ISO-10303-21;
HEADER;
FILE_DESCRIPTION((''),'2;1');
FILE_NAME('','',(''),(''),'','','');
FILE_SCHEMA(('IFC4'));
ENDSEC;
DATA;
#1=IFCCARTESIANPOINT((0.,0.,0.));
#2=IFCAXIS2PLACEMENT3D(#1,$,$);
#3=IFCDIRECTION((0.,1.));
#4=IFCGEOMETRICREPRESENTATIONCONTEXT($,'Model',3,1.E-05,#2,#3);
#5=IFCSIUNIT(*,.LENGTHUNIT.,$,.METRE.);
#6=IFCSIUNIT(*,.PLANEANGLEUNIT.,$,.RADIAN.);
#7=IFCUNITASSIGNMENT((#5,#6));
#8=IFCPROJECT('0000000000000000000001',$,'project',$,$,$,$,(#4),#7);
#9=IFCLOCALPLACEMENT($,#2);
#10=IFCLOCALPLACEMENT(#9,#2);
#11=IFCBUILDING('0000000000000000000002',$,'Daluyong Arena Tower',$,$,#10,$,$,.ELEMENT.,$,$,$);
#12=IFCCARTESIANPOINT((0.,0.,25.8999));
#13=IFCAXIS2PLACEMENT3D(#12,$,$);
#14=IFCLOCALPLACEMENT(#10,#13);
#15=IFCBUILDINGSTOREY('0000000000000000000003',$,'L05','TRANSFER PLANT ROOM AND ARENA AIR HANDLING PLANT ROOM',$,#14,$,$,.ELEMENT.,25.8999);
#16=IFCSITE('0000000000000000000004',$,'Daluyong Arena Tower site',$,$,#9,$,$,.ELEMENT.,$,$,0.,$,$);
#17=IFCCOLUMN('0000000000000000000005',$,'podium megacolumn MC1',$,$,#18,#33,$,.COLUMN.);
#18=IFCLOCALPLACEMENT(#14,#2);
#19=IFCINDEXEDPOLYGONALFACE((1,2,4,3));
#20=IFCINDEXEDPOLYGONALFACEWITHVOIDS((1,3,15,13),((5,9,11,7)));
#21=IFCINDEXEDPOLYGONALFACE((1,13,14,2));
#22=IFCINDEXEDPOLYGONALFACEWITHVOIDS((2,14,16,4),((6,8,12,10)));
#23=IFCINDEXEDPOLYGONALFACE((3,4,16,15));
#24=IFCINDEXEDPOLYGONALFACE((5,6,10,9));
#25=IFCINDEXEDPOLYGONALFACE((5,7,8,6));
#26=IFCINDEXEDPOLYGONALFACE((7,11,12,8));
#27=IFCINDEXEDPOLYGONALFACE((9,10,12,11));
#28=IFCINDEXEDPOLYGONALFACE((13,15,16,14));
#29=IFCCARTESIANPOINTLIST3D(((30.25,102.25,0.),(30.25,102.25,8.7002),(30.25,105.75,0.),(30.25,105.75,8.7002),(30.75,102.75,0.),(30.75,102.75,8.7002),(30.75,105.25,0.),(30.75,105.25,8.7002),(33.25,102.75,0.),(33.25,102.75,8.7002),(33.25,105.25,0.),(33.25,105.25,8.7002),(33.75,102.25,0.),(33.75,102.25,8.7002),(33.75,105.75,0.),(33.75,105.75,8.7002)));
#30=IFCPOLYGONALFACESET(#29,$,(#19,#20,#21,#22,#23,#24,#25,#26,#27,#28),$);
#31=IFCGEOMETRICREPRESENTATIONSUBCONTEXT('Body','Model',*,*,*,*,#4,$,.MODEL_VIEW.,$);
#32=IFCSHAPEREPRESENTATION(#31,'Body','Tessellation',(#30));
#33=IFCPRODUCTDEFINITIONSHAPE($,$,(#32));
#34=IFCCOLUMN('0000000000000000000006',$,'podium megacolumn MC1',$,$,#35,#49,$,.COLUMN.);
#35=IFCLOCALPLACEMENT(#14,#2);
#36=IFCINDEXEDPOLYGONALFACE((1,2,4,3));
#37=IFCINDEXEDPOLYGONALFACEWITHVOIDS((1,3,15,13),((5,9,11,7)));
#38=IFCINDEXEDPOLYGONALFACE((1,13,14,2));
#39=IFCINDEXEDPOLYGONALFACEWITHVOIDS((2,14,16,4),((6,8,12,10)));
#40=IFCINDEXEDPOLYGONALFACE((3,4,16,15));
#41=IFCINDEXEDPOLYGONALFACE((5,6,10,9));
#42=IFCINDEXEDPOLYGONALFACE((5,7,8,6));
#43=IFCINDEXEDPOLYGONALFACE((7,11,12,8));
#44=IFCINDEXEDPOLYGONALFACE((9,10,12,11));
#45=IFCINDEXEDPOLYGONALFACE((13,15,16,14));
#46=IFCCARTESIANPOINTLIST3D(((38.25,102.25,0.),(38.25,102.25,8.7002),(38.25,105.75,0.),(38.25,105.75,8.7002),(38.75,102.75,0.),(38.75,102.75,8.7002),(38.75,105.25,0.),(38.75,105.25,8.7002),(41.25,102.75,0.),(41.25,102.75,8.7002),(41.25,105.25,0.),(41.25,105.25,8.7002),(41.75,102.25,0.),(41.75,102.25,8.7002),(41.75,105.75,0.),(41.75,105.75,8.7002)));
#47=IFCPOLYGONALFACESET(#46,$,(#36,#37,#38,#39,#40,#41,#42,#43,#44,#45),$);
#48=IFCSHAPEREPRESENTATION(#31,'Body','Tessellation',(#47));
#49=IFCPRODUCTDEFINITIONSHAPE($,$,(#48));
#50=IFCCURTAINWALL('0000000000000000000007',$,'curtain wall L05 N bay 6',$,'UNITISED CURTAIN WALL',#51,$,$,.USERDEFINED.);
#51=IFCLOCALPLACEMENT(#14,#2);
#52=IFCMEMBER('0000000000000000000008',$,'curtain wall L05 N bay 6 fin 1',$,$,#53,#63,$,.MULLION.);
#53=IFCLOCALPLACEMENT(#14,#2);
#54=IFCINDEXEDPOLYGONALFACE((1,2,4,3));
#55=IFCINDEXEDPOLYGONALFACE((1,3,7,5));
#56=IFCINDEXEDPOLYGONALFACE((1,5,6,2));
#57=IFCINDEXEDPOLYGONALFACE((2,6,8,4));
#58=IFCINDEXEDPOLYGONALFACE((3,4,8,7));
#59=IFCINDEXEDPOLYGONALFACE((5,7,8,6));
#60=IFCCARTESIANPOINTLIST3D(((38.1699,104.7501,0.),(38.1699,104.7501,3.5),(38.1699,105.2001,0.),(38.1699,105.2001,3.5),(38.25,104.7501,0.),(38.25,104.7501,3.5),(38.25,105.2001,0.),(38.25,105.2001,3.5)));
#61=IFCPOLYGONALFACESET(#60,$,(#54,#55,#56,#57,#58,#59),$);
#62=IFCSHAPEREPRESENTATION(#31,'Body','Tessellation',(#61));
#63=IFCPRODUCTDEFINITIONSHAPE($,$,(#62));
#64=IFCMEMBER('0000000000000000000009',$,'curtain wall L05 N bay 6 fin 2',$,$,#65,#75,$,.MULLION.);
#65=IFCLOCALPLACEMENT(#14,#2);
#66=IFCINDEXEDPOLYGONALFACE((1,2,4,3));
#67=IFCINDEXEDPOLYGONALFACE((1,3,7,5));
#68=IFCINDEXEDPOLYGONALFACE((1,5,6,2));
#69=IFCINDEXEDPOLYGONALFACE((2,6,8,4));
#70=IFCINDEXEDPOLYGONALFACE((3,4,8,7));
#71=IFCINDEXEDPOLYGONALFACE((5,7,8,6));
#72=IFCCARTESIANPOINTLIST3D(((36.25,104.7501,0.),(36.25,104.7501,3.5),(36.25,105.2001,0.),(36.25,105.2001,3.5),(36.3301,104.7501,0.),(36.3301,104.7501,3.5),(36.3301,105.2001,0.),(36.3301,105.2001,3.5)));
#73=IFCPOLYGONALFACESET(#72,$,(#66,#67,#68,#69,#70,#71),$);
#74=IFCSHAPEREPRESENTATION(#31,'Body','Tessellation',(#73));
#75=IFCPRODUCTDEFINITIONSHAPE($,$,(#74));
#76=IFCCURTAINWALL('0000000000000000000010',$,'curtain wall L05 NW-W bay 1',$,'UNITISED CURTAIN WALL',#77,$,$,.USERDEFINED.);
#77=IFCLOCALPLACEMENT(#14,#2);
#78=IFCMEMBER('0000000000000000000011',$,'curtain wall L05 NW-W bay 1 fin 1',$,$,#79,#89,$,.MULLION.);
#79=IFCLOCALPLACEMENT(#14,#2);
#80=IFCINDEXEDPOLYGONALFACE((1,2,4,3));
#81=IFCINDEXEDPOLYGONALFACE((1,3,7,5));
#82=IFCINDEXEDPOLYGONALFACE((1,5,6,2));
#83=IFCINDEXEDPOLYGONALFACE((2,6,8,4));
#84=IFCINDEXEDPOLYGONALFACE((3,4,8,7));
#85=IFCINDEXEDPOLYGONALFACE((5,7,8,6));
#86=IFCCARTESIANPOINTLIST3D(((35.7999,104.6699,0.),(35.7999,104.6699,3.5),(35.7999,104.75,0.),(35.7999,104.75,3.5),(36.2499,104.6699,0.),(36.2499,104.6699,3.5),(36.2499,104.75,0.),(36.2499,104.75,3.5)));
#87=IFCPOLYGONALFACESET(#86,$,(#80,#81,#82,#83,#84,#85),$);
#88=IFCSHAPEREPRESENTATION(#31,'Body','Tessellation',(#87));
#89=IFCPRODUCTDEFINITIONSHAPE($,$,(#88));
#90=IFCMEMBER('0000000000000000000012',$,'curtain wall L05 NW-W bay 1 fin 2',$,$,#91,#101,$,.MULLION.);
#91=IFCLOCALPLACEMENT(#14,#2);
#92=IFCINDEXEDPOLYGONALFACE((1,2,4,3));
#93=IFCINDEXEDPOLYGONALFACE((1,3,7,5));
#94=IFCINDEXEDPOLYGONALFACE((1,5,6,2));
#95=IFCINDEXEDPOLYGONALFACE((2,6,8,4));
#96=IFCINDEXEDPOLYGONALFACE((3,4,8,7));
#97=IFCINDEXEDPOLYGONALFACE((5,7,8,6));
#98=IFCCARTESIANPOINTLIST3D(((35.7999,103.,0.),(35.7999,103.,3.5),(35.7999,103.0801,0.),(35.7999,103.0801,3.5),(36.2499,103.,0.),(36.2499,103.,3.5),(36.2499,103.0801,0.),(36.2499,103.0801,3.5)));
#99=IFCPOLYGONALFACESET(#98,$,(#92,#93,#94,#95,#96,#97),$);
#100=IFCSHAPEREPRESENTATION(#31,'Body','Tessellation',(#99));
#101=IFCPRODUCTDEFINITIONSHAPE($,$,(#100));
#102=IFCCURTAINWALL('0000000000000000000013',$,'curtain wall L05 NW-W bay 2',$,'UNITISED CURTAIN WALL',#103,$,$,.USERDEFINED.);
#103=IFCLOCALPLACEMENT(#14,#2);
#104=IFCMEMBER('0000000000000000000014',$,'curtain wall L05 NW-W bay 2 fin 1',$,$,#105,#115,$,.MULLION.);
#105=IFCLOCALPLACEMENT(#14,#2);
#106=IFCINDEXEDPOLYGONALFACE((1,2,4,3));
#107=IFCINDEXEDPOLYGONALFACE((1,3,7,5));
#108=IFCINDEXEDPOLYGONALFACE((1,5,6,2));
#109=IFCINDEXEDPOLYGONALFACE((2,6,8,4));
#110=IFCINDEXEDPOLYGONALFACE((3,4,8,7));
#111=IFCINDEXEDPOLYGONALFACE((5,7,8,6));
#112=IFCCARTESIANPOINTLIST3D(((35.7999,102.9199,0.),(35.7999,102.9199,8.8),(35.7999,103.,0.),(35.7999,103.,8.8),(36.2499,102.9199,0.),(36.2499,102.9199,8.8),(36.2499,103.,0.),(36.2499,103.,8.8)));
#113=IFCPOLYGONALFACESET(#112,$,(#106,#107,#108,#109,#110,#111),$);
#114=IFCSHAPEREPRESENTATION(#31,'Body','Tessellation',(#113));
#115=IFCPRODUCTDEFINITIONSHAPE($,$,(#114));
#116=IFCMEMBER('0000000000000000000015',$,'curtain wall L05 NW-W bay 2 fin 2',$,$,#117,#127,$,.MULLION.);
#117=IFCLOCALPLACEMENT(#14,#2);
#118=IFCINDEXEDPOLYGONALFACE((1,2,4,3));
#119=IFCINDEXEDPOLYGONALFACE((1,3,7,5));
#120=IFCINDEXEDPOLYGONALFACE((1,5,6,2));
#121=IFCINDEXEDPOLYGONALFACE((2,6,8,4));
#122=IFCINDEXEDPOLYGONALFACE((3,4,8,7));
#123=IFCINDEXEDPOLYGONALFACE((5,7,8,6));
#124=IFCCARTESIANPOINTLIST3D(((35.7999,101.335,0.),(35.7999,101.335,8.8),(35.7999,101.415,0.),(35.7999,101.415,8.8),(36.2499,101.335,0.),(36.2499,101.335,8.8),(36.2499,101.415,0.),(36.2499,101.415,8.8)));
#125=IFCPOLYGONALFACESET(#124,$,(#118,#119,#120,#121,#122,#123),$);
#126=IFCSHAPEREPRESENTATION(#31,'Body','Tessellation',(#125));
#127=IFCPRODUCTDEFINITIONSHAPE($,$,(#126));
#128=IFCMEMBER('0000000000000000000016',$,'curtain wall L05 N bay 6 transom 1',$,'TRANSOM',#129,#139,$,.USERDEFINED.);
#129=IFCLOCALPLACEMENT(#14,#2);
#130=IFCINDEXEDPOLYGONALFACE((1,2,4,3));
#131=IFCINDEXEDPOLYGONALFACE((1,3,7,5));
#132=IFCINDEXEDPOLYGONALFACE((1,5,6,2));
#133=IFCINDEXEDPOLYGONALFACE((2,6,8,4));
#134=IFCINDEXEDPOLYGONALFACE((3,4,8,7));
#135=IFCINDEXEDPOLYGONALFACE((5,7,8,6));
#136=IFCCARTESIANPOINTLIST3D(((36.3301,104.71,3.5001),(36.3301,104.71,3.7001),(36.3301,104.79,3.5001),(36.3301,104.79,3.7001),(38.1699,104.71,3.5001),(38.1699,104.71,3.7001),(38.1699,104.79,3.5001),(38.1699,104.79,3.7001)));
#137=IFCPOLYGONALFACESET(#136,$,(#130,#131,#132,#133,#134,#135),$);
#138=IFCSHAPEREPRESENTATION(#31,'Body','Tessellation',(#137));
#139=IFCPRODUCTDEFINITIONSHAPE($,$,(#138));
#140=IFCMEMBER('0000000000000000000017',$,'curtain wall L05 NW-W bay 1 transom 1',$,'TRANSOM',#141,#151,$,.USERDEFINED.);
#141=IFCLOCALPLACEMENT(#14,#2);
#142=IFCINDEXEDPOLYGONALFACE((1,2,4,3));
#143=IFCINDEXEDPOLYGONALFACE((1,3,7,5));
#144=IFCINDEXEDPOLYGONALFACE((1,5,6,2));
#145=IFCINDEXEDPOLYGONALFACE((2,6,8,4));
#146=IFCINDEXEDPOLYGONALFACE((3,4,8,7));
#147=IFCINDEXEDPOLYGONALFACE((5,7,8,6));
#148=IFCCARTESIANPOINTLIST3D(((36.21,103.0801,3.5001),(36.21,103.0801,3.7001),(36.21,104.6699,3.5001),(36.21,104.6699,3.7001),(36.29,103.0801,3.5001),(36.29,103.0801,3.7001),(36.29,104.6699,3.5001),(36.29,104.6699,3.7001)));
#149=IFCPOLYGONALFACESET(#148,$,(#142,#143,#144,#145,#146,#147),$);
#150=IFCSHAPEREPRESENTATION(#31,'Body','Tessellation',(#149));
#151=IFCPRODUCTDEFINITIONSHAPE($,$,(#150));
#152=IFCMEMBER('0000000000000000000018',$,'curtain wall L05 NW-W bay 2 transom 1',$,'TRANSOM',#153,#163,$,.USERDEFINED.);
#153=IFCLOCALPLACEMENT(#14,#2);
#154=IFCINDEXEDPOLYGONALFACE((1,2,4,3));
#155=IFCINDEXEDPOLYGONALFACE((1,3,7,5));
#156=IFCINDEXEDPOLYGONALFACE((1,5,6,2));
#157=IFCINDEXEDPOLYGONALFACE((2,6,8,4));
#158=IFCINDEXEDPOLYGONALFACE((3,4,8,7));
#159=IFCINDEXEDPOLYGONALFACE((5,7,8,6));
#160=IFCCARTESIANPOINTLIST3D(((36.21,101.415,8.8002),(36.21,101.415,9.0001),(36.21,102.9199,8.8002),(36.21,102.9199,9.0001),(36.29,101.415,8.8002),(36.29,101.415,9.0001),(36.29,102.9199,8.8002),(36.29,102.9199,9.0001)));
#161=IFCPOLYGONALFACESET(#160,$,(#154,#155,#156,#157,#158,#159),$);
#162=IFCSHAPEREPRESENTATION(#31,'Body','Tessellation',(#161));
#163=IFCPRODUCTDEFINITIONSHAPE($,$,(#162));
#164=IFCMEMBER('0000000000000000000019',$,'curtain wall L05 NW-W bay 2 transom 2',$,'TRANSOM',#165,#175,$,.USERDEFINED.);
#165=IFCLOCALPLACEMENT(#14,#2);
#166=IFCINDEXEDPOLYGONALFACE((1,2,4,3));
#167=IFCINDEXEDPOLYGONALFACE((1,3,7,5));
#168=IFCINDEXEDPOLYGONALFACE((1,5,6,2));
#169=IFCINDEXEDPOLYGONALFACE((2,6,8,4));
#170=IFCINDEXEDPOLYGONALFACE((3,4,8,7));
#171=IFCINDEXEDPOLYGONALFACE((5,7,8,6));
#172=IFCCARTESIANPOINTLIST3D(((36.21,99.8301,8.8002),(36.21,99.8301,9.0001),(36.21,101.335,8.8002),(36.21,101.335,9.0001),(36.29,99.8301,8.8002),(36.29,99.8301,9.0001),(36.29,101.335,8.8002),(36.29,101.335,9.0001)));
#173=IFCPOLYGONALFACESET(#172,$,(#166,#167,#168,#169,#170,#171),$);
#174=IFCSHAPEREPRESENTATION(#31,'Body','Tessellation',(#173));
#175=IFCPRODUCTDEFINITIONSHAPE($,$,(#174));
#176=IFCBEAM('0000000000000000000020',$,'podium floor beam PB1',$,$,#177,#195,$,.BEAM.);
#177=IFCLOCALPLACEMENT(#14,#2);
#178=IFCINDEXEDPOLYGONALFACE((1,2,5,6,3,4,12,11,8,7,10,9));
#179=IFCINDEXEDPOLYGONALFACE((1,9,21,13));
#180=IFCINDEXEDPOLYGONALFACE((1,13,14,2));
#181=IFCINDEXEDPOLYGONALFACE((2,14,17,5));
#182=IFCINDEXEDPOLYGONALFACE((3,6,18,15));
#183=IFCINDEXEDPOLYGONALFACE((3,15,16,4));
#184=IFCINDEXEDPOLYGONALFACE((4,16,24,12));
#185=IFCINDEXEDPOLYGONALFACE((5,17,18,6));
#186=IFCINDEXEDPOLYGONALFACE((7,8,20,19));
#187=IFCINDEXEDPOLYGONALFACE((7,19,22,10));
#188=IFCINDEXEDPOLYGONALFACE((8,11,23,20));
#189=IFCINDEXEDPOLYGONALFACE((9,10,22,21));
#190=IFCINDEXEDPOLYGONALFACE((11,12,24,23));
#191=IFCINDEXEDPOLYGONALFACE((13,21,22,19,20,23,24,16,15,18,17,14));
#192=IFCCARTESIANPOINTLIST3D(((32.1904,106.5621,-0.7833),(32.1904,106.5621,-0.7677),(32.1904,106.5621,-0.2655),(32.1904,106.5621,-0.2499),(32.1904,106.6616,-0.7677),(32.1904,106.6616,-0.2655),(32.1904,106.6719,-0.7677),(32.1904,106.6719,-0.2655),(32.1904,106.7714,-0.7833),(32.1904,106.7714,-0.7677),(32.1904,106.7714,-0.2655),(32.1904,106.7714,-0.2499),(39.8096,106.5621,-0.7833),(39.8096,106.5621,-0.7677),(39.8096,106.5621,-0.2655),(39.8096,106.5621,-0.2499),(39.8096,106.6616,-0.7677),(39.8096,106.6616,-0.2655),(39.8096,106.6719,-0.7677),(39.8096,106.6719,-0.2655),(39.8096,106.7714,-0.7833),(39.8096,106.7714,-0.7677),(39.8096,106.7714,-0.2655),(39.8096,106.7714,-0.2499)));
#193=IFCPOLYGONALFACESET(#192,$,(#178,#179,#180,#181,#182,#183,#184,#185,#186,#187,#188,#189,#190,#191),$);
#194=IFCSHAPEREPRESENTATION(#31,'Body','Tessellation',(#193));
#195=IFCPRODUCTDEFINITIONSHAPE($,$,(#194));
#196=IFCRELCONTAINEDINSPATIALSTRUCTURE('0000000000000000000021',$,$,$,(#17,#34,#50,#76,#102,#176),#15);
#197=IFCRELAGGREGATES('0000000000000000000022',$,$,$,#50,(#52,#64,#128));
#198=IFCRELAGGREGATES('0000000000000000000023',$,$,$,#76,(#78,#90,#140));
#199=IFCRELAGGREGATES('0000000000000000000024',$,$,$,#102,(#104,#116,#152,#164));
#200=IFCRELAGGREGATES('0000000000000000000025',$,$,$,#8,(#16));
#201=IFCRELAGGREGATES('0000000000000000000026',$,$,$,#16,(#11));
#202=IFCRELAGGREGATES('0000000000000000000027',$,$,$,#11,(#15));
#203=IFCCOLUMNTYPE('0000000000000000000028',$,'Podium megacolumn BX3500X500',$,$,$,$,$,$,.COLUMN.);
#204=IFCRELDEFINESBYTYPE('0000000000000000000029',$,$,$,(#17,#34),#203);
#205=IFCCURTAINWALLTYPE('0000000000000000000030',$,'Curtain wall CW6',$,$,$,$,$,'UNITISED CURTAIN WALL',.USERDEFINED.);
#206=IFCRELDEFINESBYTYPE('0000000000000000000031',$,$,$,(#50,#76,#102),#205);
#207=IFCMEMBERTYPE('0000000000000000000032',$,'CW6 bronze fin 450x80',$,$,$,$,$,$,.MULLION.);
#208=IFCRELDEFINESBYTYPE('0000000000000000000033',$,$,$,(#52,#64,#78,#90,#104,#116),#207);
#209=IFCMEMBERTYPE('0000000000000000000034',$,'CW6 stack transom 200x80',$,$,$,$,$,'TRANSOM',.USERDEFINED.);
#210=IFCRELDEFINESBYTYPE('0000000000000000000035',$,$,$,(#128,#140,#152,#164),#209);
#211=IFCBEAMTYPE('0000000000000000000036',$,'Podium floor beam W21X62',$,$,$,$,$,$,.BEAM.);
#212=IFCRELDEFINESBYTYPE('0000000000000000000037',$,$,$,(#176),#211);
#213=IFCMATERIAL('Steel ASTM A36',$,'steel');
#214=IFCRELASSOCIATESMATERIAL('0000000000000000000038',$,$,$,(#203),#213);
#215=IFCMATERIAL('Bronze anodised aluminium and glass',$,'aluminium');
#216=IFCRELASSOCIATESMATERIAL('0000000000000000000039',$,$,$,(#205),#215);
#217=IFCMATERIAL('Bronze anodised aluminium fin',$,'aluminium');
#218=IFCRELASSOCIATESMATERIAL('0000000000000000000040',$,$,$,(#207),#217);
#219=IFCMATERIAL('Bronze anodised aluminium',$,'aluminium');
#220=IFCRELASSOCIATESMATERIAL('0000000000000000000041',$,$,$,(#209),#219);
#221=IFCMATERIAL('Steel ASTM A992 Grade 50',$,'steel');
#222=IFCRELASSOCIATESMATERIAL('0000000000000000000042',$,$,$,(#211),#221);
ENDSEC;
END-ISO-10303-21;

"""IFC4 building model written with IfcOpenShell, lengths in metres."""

from ifc_helpers import new_model, si_unit, direction, frame, origin, origin_2d, place, context, subcontext, project, spatial, rectangle, hollow_rectangle, i_section, extrude, material, material_profile, profile_set, type_object, element, aggregate, save


model = new_model("IFC4")

# Units and contexts
model_context = context("Model", 3, precision=1e-05, world=origin(), true_north=direction((0.0, 1.0)))
body_context = subcontext(model_context, "Body", "Model", "MODEL_VIEW")
ifc_project = project(units=[si_unit("LENGTHUNIT", "METRE"), si_unit("PLANEANGLEUNIT", "RADIAN")], contexts=[model_context])

# Site, building, storey
site_placement = place(None, origin())
site = spatial("IfcSite", under=ifc_project, at=site_placement, Name="Daluyong Arena Tower site", CompositionType="ELEMENT", RefElevation=0.0)
building_placement = place(site_placement, origin())
building = spatial("IfcBuilding", under=site, at=building_placement, Name="Daluyong Arena Tower", CompositionType="ELEMENT")
storey_placement = place(building_placement, frame((0.0, 0.0, 25.8999)))
storey = spatial("IfcBuildingStorey", under=building, at=storey_placement, Name="L05", Description="TRANSFER PLANT ROOM AND ARENA AIR HANDLING PLANT ROOM", CompositionType="ELEMENT", Elevation=25.8999)

# Columns
ifc_material_1 = material(Name="Steel ASTM A36", Category="steel")
ifc_material_profile_1 = material_profile(ifc_material_1, hollow_rectangle(XDim=3.5, YDim=3.5, WallThickness=0.5, at=origin_2d()))
ifc_profile_set_1 = profile_set([ifc_material_profile_1], Name="Steel ASTM A36")
column_type = type_object("IfcColumnType", Name="Podium megacolumn BX3500X500", PredefinedType="COLUMN", material=ifc_profile_set_1)
for number, where, z_axis, x_axis, name in (
    (1, (32.0, 104.0, 0.0), (0.0, 0.0, 1.0), (1.0, 0.0, 0.0), "podium megacolumn MC1"),
    (2, (40.0, 104.0, 0.0), (0.0, 0.0, 1.0), (1.0, 0.0, 0.0), "podium megacolumn MC1"),
):
    element("IfcColumn", number, at=place(storey_placement, frame(where, z_axis=z_axis, x_axis=x_axis)), inside=storey, type_object=column_type, Name=name, PredefinedType="COLUMN", context=body_context, shape_type="SweptSolid", body=[
        extrude(hollow_rectangle(XDim=3.5, YDim=3.5, WallThickness=0.5, at=origin_2d()), origin(), (0.0, 0.0, 1.0), 8.7002),
    ])

# Curtain walls, members
ifc_material_2 = material(Name="Bronze anodised aluminium and glass", Category="aluminium")
curtain_wall_type = type_object("IfcCurtainWallType", Name="Curtain wall CW6", ElementType="UNITISED CURTAIN WALL", PredefinedType="USERDEFINED", material=ifc_material_2)
curtain_wall_1_placement = place(storey_placement, origin())
curtain_wall_1 = element("IfcCurtainWall", 3, at=curtain_wall_1_placement, inside=storey, type_object=curtain_wall_type, Name="curtain wall L05 N bay 6", ObjectType="UNITISED CURTAIN WALL", PredefinedType="USERDEFINED")
ifc_material_3 = material(Name="Bronze anodised aluminium fin", Category="aluminium")
ifc_material_profile_2 = material_profile(ifc_material_3, rectangle(XDim=0.45, YDim=0.0801, at=origin_2d()))
ifc_profile_set_2 = profile_set([ifc_material_profile_2], Name="Bronze anodised aluminium fin")
member_type_1 = type_object("IfcMemberType", Name="CW6 bronze fin 450x80", PredefinedType="MULLION", material=ifc_profile_set_2)
member_1_placement = place(storey_placement, frame((38.21, 104.9751, 0.0), z_axis=(0.0, 0.0, 1.0), x_axis=(0.0, -1.0, 0.0)))
member_1 = element("IfcMember", 4, at=member_1_placement, type_object=member_type_1, Name="curtain wall L05 N bay 6 fin 1", PredefinedType="MULLION", context=body_context, shape_type="SweptSolid", body=[
    extrude(rectangle(XDim=0.45, YDim=0.0801, at=origin_2d()), origin(), (0.0, 0.0, 1.0), 3.5),
])
member_2_placement = place(storey_placement, frame((36.29, 104.9751, 0.0), z_axis=(0.0, 0.0, 1.0), x_axis=(0.0, -1.0, 0.0)))
member_2 = element("IfcMember", 5, at=member_2_placement, type_object=member_type_1, Name="curtain wall L05 N bay 6 fin 2", PredefinedType="MULLION", context=body_context, shape_type="SweptSolid", body=[
    extrude(rectangle(XDim=0.45, YDim=0.0801, at=origin_2d()), origin(), (0.0, 0.0, 1.0), 3.5),
])
curtain_wall_2_placement = place(storey_placement, origin())
curtain_wall_2 = element("IfcCurtainWall", 6, at=curtain_wall_2_placement, inside=storey, type_object=curtain_wall_type, Name="curtain wall L05 NW-W bay 1", ObjectType="UNITISED CURTAIN WALL", PredefinedType="USERDEFINED")
member_3_placement = place(storey_placement, frame((36.0249, 104.71, 0.0), z_axis=(0.0, 0.0, 1.0), x_axis=(1.0, 0.0, 0.0)))
member_3 = element("IfcMember", 7, at=member_3_placement, type_object=member_type_1, Name="curtain wall L05 NW-W bay 1 fin 1", PredefinedType="MULLION", context=body_context, shape_type="SweptSolid", body=[
    extrude(rectangle(XDim=0.45, YDim=0.0801, at=origin_2d()), origin(), (0.0, 0.0, 1.0), 3.5),
])
member_4_placement = place(storey_placement, frame((36.0249, 103.04, 0.0), z_axis=(0.0, 0.0, 1.0), x_axis=(1.0, 0.0, 0.0)))
member_4 = element("IfcMember", 8, at=member_4_placement, type_object=member_type_1, Name="curtain wall L05 NW-W bay 1 fin 2", PredefinedType="MULLION", context=body_context, shape_type="SweptSolid", body=[
    extrude(rectangle(XDim=0.45, YDim=0.0801, at=origin_2d()), origin(), (0.0, 0.0, 1.0), 3.5),
])
curtain_wall_3_placement = place(storey_placement, origin())
curtain_wall_3 = element("IfcCurtainWall", 9, at=curtain_wall_3_placement, inside=storey, type_object=curtain_wall_type, Name="curtain wall L05 NW-W bay 2", ObjectType="UNITISED CURTAIN WALL", PredefinedType="USERDEFINED")
member_5_placement = place(storey_placement, frame((36.0249, 102.96, 0.0), z_axis=(0.0, 0.0, 1.0), x_axis=(1.0, 0.0, 0.0)))
member_5 = element("IfcMember", 10, at=member_5_placement, type_object=member_type_1, Name="curtain wall L05 NW-W bay 2 fin 1", PredefinedType="MULLION", context=body_context, shape_type="SweptSolid", body=[
    extrude(rectangle(XDim=0.45, YDim=0.0801, at=origin_2d()), origin(), (0.0, 0.0, 1.0), 8.8),
])
member_6_placement = place(storey_placement, frame((36.0249, 101.375, 0.0), z_axis=(0.0, 0.0, 1.0), x_axis=(1.0, 0.0, 0.0)))
member_6 = element("IfcMember", 11, at=member_6_placement, type_object=member_type_1, Name="curtain wall L05 NW-W bay 2 fin 2", PredefinedType="MULLION", context=body_context, shape_type="SweptSolid", body=[
    extrude(rectangle(XDim=0.45, YDim=0.0801, at=origin_2d()), origin(), (0.0, 0.0, 1.0), 8.8),
])

# Members
ifc_material_4 = material(Name="Bronze anodised aluminium", Category="aluminium")
ifc_material_profile_3 = material_profile(ifc_material_4, rectangle(XDim=0.0801, YDim=0.2, at=origin_2d()))
ifc_profile_set_3 = profile_set([ifc_material_profile_3], Name="Bronze anodised aluminium")
member_type_2 = type_object("IfcMemberType", Name="CW6 stack transom 200x80", ElementType="TRANSOM", PredefinedType="USERDEFINED", material=ifc_profile_set_3)
member_7_placement = place(storey_placement, frame((38.1699, 104.75, 3.6001), z_axis=(-1.0, 0.0, 0.0), x_axis=(0.0, -1.0, 0.0)))
member_7 = element("IfcMember", 12, at=member_7_placement, type_object=member_type_2, Name="curtain wall L05 N bay 6 transom 1", ObjectType="TRANSOM", PredefinedType="USERDEFINED", context=body_context, shape_type="SweptSolid", body=[
    extrude(rectangle(XDim=0.0801, YDim=0.2, at=origin_2d()), origin(), (0.0, 0.0, 1.0), 1.8398),
])
member_8_placement = place(storey_placement, frame((36.25, 104.6699, 3.6001), z_axis=(0.0, -1.0, 0.0), x_axis=(1.0, 0.0, 0.0)))
member_8 = element("IfcMember", 13, at=member_8_placement, type_object=member_type_2, Name="curtain wall L05 NW-W bay 1 transom 1", ObjectType="TRANSOM", PredefinedType="USERDEFINED", context=body_context, shape_type="SweptSolid", body=[
    extrude(rectangle(XDim=0.0801, YDim=0.2, at=origin_2d()), origin(), (0.0, 0.0, 1.0), 1.5898),
])
member_9_placement = place(storey_placement, frame((36.25, 102.9199, 8.9001), z_axis=(0.0, -1.0, 0.0), x_axis=(1.0, 0.0, 0.0)))
member_9 = element("IfcMember", 14, at=member_9_placement, type_object=member_type_2, Name="curtain wall L05 NW-W bay 2 transom 1", ObjectType="TRANSOM", PredefinedType="USERDEFINED", context=body_context, shape_type="SweptSolid", body=[
    extrude(rectangle(XDim=0.0801, YDim=0.2, at=origin_2d()), origin(), (0.0, 0.0, 1.0), 1.5049),
])
member_10_placement = place(storey_placement, frame((36.25, 101.335, 8.9001), z_axis=(0.0, -1.0, 0.0), x_axis=(1.0, 0.0, 0.0)))
member_10 = element("IfcMember", 15, at=member_10_placement, type_object=member_type_2, Name="curtain wall L05 NW-W bay 2 transom 2", ObjectType="TRANSOM", PredefinedType="USERDEFINED", context=body_context, shape_type="SweptSolid", body=[
    extrude(rectangle(XDim=0.0801, YDim=0.2, at=origin_2d()), origin(), (0.0, 0.0, 1.0), 1.5049),
])

# Beam
ifc_material_5 = material(Name="Steel ASTM A992 Grade 50", Category="steel")
ifc_material_profile_4 = material_profile(ifc_material_5, i_section(OverallWidth=0.2092, OverallDepth=0.5334, WebThickness=0.0103, FlangeThickness=0.0156, at=origin_2d()))
ifc_profile_set_4 = profile_set([ifc_material_profile_4], Name="Steel ASTM A992 Grade 50")
beam_type_1 = type_object("IfcBeamType", Name="Podium floor beam W21X62", PredefinedType="BEAM", material=ifc_profile_set_4)
for number, where, z_axis, x_axis, name in (
    (16, (32.1904, 106.6667, -0.5166), (1.0, 0.0, 0.0), (0.0, 1.0, 0.0), "podium floor beam PB1"),
):
    element("IfcBeam", number, at=place(storey_placement, frame(where, z_axis=z_axis, x_axis=x_axis)), inside=storey, type_object=beam_type_1, Name=name, PredefinedType="BEAM", context=body_context, shape_type="SweptSolid", body=[
        extrude(i_section(OverallWidth=0.2092, OverallDepth=0.5334, WebThickness=0.0103, FlangeThickness=0.0156, at=origin_2d()), origin(), (0.0, 0.0, 1.0), 7.6191),
    ])

aggregate(curtain_wall_1, [member_1, member_2, member_7])
aggregate(curtain_wall_2, [member_3, member_4, member_8])
aggregate(curtain_wall_3, [member_5, member_6, member_9, member_10])

save(model, "model.ifc")
